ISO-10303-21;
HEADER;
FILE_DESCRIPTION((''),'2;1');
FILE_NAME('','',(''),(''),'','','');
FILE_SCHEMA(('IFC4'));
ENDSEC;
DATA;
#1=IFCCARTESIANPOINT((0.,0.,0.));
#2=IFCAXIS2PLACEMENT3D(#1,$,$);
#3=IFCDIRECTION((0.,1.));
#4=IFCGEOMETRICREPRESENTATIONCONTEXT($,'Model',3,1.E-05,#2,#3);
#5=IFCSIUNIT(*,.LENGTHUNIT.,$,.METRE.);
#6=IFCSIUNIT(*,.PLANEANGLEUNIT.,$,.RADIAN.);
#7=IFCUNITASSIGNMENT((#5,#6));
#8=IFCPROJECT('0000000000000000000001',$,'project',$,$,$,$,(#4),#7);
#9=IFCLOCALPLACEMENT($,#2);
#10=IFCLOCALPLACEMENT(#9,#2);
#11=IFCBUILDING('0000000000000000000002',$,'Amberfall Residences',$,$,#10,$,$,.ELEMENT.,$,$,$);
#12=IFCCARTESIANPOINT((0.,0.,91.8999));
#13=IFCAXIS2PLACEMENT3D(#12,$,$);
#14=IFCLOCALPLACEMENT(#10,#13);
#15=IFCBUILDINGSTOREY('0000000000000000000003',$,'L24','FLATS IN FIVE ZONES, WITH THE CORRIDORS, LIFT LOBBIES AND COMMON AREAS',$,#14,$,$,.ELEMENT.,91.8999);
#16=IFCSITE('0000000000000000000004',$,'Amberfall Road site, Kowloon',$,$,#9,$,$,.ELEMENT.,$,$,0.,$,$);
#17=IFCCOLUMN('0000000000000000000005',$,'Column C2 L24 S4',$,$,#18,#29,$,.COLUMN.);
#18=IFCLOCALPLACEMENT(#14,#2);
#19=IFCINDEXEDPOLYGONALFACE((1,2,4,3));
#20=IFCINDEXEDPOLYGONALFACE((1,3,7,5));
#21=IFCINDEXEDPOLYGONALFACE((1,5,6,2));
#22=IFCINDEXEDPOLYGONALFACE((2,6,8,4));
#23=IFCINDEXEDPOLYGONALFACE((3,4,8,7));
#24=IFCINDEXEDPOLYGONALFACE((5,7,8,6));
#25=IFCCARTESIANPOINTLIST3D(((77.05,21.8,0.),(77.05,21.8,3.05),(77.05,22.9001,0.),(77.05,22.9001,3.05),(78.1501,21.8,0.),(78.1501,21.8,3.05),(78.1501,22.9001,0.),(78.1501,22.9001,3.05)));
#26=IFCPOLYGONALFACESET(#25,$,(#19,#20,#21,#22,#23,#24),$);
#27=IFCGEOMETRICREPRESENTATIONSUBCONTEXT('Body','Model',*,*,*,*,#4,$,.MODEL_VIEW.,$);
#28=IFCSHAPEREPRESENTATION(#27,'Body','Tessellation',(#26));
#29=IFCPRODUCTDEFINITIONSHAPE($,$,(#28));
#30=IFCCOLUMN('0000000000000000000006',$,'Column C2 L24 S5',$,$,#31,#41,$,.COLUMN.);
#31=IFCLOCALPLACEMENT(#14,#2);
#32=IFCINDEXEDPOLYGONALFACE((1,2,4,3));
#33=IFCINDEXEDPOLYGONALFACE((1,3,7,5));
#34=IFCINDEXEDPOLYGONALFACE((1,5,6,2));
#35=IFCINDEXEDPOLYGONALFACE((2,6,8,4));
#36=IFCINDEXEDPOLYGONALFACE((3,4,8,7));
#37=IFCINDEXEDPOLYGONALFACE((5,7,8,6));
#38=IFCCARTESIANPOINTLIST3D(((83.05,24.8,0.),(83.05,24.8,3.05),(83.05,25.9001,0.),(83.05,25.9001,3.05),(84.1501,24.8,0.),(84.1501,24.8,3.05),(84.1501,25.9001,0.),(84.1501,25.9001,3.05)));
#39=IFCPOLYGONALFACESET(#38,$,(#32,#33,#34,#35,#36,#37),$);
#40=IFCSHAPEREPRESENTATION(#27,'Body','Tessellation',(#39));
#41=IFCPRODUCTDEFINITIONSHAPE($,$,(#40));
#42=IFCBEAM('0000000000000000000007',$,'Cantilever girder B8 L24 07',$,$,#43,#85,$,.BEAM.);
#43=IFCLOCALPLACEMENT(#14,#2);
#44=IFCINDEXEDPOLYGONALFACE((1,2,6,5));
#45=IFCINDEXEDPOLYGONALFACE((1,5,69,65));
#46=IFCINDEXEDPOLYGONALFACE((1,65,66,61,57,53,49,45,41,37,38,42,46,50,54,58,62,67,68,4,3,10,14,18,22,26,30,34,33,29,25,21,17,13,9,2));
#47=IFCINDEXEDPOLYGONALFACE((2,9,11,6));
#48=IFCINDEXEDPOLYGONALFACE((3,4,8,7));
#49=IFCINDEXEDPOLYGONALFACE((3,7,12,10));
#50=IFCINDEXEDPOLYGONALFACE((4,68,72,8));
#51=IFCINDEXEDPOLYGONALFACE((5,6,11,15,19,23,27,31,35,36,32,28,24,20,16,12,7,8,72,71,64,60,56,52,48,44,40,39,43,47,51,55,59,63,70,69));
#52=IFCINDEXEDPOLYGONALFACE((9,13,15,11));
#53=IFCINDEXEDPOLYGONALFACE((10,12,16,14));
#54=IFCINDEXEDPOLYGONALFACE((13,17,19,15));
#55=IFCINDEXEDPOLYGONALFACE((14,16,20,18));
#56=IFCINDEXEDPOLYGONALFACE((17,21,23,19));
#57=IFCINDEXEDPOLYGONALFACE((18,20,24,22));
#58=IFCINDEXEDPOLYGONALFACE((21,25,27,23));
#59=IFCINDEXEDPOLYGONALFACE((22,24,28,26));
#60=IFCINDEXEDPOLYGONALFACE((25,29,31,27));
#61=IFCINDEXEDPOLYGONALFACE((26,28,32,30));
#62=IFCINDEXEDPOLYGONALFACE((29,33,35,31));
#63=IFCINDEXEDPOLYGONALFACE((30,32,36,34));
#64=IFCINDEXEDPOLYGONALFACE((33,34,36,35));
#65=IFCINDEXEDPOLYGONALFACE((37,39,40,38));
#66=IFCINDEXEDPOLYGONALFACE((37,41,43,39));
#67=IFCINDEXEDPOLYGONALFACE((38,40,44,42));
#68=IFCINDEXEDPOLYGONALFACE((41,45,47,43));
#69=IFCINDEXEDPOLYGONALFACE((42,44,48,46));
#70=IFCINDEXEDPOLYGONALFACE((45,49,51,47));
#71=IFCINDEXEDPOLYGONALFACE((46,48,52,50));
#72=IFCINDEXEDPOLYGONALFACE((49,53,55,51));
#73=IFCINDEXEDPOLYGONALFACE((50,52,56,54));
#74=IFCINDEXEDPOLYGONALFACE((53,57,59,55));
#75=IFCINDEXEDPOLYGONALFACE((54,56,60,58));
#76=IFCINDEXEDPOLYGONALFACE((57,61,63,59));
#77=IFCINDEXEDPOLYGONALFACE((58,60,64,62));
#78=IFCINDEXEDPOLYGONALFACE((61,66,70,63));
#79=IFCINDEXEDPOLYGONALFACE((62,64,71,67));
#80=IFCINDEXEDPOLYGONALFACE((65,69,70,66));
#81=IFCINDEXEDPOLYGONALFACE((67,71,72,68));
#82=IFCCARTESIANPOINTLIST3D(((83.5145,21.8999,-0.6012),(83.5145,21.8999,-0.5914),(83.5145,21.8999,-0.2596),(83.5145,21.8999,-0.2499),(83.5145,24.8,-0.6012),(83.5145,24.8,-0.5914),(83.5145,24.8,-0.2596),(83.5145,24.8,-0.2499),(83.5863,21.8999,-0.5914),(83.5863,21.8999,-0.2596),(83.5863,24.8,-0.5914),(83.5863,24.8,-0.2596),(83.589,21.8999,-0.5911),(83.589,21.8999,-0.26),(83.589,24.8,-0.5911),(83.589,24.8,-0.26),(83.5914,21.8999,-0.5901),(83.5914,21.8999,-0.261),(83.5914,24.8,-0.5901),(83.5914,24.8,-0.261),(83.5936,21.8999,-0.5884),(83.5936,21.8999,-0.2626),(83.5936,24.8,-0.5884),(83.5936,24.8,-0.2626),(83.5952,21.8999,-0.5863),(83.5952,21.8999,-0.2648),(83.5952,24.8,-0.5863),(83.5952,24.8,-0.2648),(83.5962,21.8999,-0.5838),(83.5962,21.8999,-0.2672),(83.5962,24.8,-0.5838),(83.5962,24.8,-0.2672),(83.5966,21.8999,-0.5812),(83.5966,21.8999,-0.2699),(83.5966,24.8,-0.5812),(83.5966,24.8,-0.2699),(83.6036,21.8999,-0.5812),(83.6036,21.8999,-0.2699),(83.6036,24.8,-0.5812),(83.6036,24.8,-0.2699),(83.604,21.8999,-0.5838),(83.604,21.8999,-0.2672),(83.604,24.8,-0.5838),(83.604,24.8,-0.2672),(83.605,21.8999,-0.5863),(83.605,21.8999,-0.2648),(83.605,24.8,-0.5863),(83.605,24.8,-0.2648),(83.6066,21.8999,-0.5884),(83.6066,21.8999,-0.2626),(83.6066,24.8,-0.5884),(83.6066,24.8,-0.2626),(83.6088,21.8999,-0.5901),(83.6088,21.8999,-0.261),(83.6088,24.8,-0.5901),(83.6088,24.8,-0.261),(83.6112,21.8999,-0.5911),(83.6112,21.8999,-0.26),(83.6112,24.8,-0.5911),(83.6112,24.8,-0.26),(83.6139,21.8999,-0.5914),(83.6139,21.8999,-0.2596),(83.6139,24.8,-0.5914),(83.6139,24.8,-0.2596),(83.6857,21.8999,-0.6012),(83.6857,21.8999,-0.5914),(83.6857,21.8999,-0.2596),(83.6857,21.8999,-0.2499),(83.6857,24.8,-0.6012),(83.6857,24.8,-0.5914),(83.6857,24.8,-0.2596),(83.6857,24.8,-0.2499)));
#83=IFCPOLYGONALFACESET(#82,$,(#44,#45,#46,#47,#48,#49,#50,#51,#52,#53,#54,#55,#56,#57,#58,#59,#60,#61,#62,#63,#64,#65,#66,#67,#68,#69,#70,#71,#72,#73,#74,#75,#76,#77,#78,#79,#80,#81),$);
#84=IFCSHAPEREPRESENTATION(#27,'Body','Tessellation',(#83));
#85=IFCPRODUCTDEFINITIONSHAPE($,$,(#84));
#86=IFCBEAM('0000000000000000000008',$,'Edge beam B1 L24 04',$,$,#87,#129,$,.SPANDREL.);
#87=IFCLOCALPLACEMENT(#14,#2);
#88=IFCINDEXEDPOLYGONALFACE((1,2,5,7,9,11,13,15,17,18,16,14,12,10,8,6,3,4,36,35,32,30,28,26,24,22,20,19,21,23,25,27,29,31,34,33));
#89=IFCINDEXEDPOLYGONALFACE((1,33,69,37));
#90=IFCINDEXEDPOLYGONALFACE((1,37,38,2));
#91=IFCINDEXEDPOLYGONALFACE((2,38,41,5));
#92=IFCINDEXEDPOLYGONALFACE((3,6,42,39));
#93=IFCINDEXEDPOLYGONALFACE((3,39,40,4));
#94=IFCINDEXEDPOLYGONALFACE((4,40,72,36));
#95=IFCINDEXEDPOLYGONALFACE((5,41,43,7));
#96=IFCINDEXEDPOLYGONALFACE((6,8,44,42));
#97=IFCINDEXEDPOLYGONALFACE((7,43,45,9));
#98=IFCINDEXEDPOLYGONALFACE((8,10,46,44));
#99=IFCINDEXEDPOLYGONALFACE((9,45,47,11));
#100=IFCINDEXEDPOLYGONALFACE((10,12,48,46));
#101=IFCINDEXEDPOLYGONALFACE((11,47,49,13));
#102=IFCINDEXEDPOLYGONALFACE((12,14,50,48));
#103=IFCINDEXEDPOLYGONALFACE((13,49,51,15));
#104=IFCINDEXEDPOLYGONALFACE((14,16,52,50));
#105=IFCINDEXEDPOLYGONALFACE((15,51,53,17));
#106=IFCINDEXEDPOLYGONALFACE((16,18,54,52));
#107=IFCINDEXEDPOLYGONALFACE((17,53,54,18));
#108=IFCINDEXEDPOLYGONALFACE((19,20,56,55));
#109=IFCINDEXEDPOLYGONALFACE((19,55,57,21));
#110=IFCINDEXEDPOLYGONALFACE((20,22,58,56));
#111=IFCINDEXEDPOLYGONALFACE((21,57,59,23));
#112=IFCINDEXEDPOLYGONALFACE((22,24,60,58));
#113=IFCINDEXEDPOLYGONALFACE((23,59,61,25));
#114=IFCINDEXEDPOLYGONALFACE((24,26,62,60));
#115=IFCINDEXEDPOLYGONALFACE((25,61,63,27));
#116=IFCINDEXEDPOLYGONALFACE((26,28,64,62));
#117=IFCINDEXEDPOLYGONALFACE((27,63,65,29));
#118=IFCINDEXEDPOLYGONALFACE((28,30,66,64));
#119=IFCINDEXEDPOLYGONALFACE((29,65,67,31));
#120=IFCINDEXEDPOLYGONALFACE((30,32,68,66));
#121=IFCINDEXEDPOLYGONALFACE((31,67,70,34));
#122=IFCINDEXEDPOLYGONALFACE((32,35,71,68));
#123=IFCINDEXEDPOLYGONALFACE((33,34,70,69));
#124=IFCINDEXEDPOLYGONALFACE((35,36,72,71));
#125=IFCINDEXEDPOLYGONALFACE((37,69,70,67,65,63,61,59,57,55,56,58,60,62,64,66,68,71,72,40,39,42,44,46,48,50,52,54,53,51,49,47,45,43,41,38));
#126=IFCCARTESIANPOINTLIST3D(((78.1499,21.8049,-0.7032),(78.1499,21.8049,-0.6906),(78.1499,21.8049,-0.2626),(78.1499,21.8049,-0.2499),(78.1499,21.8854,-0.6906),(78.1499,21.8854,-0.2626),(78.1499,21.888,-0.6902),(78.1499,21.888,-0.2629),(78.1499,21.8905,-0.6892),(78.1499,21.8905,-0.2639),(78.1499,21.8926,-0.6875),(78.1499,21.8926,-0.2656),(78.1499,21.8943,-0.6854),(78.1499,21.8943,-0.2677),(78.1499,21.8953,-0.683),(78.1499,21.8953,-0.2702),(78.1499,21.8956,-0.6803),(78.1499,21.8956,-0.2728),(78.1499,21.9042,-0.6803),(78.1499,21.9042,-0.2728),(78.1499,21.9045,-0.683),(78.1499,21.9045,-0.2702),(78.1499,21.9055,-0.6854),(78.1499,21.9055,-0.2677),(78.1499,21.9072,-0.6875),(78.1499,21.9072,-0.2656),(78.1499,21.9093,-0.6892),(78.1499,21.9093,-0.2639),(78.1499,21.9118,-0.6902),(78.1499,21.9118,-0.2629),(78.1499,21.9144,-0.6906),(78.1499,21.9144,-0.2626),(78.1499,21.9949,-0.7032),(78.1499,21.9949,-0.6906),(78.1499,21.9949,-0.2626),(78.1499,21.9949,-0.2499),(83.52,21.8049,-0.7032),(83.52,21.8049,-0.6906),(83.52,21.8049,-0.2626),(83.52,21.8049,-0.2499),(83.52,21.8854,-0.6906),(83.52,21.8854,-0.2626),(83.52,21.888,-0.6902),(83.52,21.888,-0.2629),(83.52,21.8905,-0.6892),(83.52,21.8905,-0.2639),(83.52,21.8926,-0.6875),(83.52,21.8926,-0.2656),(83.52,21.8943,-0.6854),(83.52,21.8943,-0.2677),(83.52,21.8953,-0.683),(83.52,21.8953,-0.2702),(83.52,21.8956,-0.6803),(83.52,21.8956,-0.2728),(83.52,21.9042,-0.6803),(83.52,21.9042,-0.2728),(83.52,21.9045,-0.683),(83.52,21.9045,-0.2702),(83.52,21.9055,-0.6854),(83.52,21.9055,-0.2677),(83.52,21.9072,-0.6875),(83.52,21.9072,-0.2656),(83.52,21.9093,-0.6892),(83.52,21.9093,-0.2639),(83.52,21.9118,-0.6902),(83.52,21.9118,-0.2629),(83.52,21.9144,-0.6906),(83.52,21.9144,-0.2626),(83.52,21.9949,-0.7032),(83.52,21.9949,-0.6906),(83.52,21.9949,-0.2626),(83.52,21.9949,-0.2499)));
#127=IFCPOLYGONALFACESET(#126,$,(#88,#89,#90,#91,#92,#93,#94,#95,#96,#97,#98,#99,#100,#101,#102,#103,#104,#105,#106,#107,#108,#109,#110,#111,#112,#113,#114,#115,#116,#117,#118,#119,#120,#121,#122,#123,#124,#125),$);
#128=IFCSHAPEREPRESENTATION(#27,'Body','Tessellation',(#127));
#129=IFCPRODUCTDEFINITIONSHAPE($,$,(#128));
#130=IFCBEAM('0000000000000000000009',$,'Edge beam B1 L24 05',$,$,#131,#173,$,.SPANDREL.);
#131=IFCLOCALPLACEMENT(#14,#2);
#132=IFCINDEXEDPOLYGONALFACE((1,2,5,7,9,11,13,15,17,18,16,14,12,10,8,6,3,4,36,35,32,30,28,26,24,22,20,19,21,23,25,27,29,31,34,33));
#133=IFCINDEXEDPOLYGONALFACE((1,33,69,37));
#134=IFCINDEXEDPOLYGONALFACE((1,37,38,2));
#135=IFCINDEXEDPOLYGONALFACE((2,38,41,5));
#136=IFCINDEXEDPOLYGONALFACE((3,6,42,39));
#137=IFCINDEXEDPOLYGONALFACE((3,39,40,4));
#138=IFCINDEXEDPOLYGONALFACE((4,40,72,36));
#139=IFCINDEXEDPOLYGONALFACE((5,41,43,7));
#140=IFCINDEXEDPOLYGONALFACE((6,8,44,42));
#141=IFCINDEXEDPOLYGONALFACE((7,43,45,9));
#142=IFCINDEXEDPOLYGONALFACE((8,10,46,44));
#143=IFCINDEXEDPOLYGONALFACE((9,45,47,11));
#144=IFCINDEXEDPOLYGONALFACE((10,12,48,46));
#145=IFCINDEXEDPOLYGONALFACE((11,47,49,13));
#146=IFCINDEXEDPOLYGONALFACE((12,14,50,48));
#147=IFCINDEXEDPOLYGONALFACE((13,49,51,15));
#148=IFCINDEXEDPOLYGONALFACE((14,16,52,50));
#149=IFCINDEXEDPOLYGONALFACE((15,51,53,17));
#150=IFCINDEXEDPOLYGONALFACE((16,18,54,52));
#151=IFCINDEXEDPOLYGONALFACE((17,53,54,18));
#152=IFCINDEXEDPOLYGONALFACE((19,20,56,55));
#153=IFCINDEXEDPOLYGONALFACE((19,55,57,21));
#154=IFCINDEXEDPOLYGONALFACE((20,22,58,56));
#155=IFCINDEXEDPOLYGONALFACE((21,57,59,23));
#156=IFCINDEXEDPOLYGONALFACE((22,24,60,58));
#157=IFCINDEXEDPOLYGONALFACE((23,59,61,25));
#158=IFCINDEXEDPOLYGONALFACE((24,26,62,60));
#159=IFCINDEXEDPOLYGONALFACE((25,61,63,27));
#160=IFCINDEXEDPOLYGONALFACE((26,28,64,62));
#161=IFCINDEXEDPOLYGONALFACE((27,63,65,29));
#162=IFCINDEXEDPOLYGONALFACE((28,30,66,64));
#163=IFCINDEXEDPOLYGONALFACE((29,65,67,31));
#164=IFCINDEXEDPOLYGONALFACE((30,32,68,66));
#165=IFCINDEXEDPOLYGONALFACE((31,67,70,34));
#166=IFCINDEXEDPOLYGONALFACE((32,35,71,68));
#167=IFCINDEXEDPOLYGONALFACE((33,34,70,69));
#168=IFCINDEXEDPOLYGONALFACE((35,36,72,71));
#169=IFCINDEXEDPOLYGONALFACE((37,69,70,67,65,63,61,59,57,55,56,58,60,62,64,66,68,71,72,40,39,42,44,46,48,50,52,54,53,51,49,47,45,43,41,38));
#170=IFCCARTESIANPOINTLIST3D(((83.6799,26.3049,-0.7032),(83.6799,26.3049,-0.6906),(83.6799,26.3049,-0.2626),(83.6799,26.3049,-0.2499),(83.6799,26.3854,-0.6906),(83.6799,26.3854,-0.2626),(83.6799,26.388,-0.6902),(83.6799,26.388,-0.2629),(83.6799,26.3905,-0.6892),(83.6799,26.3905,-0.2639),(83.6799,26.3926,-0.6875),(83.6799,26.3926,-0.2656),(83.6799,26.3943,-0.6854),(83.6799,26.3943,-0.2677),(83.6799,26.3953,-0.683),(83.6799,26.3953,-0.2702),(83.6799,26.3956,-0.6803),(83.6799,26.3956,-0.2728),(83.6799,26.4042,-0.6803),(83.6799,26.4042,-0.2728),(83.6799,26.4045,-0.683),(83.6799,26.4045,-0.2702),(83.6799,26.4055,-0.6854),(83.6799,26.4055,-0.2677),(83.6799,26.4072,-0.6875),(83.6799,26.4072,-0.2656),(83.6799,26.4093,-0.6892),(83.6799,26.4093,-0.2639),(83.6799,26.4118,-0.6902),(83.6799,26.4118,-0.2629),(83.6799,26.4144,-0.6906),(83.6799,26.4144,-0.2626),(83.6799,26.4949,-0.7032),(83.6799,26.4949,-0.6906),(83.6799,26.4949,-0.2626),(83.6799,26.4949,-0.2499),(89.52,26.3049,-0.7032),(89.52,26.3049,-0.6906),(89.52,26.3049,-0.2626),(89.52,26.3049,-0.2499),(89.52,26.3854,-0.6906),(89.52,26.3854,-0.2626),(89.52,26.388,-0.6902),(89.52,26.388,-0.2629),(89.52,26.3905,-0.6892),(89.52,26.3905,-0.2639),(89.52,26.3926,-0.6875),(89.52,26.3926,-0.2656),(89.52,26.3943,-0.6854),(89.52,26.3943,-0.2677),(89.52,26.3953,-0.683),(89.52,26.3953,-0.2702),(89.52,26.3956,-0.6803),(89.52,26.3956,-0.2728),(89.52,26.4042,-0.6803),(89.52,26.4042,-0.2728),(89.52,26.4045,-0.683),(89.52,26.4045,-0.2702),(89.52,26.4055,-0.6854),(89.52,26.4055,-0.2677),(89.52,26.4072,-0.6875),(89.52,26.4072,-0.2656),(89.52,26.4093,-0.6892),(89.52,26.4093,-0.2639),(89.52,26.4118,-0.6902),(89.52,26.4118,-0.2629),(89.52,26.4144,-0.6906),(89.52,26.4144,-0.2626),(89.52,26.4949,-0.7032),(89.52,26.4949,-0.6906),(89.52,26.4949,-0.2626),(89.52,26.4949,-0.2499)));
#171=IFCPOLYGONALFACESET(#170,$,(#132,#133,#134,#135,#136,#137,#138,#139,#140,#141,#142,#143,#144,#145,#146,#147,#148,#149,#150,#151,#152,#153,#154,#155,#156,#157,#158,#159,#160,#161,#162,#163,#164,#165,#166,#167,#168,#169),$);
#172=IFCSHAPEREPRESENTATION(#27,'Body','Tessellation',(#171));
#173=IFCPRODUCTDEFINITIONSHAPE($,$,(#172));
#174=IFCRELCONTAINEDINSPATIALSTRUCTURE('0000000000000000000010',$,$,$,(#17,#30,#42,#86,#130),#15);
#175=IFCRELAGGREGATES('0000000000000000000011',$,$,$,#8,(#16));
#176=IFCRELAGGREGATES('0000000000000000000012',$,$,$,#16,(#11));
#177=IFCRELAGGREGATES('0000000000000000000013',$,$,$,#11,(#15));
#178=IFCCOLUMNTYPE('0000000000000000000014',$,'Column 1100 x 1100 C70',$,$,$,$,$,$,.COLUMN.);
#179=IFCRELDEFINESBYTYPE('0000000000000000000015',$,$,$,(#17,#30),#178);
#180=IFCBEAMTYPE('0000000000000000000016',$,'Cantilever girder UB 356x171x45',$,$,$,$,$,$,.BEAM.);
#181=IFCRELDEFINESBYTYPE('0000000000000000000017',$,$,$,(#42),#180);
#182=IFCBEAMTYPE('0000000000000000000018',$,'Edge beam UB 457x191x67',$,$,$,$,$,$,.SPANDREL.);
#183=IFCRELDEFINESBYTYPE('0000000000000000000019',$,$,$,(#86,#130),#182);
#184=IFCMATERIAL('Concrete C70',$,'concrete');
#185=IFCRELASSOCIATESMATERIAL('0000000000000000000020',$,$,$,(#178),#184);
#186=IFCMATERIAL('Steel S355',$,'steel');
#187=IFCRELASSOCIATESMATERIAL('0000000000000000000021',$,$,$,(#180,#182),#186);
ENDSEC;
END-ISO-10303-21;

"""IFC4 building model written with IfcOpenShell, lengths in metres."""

from ifc_helpers import new_model, si_unit, direction, frame, origin, origin_2d, place, context, subcontext, project, spatial, rectangle, i_section, extrude, material, material_profile, profile_set, type_object, element, save


model = new_model("IFC4")

# Units and contexts
model_context = context("Model", 3, precision=1e-05, world=origin(), true_north=direction((0.0, 1.0)))
body_context = subcontext(model_context, "Body", "Model", "MODEL_VIEW")
ifc_project = project(units=[si_unit("LENGTHUNIT", "METRE"), si_unit("PLANEANGLEUNIT", "RADIAN")], contexts=[model_context])

# Site, building, storey
site_placement = place(None, origin())
site = spatial("IfcSite", under=ifc_project, at=site_placement, Name="Amberfall Road site, Kowloon", CompositionType="ELEMENT", RefElevation=0.0)
building_placement = place(site_placement, origin())
building = spatial("IfcBuilding", under=site, at=building_placement, Name="Amberfall Residences", CompositionType="ELEMENT")
storey_placement = place(building_placement, frame((0.0, 0.0, 91.8999)))
storey = spatial("IfcBuildingStorey", under=building, at=storey_placement, Name="L24", Description="FLATS IN FIVE ZONES, WITH THE CORRIDORS, LIFT LOBBIES AND COMMON AREAS", CompositionType="ELEMENT", Elevation=91.8999)

# Columns
ifc_material_1 = material(Name="Concrete C70", Category="concrete")
ifc_material_profile_1 = material_profile(ifc_material_1, rectangle(XDim=1.1001, YDim=1.1001, at=origin_2d()), Name="Column 1100 x 1100 C70")
ifc_profile_set_1 = profile_set([ifc_material_profile_1], Name="Concrete C70")
column_type = type_object("IfcColumnType", Name="Column 1100 x 1100 C70", PredefinedType="COLUMN", material=ifc_profile_set_1)
for number, where, z_axis, x_axis, name in (
    (1, (77.6001, 22.3501, 0.0), (0.0, 0.0, 1.0), (1.0, 0.0, 0.0), "Column C2 L24 S4"),
    (2, (83.6001, 25.3501, 0.0), (0.0, 0.0, 1.0), (1.0, 0.0, 0.0), "Column C2 L24 S5"),
):
    element("IfcColumn", number, at=place(storey_placement, frame(where, z_axis=z_axis, x_axis=x_axis)), inside=storey, type_object=column_type, Name=name, PredefinedType="COLUMN", context=body_context, shape_type="SweptSolid", body=[
        extrude(rectangle(XDim=1.1001, YDim=1.1001, at=origin_2d()), origin(), (0.0, 0.0, 1.0), 3.05),
    ])

# Beams
ifc_material_2 = material(Name="Steel S355", Category="steel")
ifc_material_profile_2 = material_profile(ifc_material_2, i_section(OverallWidth=0.1711, OverallDepth=0.3513, WebThickness=0.0071, FlangeThickness=0.0098, FilletRadius=0.0103, at=origin_2d()), Name="UB 356x171x45")
ifc_profile_set_2 = profile_set([ifc_material_profile_2], Name="Steel S355")
beam_type_1 = type_object("IfcBeamType", Name="Cantilever girder UB 356x171x45", PredefinedType="BEAM", material=ifc_profile_set_2)
beam_1_placement = place(storey_placement, frame((83.6001, 24.8, -0.4255), z_axis=(0.0, -1.0, 0.0), x_axis=(1.0, 0.0, 0.0)))
element("IfcBeam", 3, at=beam_1_placement, inside=storey, type_object=beam_type_1, Name="Cantilever girder B8 L24 07", PredefinedType="BEAM", context=body_context, shape_type="SweptSolid", body=[
    extrude(i_section(OverallWidth=0.1711, OverallDepth=0.3513, WebThickness=0.0071, FlangeThickness=0.0098, FilletRadius=0.0103, at=origin_2d()), origin(), (0.0, 0.0, 1.0), 2.9001),
])
ifc_material_profile_3 = material_profile(ifc_material_2, i_section(OverallWidth=0.1899, OverallDepth=0.4534, WebThickness=0.0085, FlangeThickness=0.0127, FilletRadius=0.0103, at=origin_2d()), Name="UB 457x191x67")
ifc_profile_set_3 = profile_set([ifc_material_profile_3], Name="Steel S355")
beam_type_2 = type_object("IfcBeamType", Name="Edge beam UB 457x191x67", PredefinedType="SPANDREL", material=ifc_profile_set_3)
beam_2_placement = place(storey_placement, frame((78.1499, 21.8999, -0.4766), z_axis=(1.0, 0.0, 0.0), x_axis=(0.0, 1.0, 0.0)))
element("IfcBeam", 4, at=beam_2_placement, inside=storey, type_object=beam_type_2, Name="Edge beam B1 L24 04", PredefinedType="SPANDREL", context=body_context, shape_type="SweptSolid", body=[
    extrude(i_section(OverallWidth=0.1899, OverallDepth=0.4534, WebThickness=0.0085, FlangeThickness=0.0127, FilletRadius=0.0103, at=origin_2d()), origin(), (0.0, 0.0, 1.0), 5.3701),
])
beam_3_placement = place(storey_placement, frame((83.6799, 26.3999, -0.4766), z_axis=(1.0, 0.0, 0.0), x_axis=(0.0, 1.0, 0.0)))
element("IfcBeam", 5, at=beam_3_placement, inside=storey, type_object=beam_type_2, Name="Edge beam B1 L24 05", PredefinedType="SPANDREL", context=body_context, shape_type="SweptSolid", body=[
    extrude(i_section(OverallWidth=0.1899, OverallDepth=0.4534, WebThickness=0.0085, FlangeThickness=0.0127, FilletRadius=0.0103, at=origin_2d()), origin(), (0.0, 0.0, 1.0), 5.8401),
])

save(model, "model.ifc")
